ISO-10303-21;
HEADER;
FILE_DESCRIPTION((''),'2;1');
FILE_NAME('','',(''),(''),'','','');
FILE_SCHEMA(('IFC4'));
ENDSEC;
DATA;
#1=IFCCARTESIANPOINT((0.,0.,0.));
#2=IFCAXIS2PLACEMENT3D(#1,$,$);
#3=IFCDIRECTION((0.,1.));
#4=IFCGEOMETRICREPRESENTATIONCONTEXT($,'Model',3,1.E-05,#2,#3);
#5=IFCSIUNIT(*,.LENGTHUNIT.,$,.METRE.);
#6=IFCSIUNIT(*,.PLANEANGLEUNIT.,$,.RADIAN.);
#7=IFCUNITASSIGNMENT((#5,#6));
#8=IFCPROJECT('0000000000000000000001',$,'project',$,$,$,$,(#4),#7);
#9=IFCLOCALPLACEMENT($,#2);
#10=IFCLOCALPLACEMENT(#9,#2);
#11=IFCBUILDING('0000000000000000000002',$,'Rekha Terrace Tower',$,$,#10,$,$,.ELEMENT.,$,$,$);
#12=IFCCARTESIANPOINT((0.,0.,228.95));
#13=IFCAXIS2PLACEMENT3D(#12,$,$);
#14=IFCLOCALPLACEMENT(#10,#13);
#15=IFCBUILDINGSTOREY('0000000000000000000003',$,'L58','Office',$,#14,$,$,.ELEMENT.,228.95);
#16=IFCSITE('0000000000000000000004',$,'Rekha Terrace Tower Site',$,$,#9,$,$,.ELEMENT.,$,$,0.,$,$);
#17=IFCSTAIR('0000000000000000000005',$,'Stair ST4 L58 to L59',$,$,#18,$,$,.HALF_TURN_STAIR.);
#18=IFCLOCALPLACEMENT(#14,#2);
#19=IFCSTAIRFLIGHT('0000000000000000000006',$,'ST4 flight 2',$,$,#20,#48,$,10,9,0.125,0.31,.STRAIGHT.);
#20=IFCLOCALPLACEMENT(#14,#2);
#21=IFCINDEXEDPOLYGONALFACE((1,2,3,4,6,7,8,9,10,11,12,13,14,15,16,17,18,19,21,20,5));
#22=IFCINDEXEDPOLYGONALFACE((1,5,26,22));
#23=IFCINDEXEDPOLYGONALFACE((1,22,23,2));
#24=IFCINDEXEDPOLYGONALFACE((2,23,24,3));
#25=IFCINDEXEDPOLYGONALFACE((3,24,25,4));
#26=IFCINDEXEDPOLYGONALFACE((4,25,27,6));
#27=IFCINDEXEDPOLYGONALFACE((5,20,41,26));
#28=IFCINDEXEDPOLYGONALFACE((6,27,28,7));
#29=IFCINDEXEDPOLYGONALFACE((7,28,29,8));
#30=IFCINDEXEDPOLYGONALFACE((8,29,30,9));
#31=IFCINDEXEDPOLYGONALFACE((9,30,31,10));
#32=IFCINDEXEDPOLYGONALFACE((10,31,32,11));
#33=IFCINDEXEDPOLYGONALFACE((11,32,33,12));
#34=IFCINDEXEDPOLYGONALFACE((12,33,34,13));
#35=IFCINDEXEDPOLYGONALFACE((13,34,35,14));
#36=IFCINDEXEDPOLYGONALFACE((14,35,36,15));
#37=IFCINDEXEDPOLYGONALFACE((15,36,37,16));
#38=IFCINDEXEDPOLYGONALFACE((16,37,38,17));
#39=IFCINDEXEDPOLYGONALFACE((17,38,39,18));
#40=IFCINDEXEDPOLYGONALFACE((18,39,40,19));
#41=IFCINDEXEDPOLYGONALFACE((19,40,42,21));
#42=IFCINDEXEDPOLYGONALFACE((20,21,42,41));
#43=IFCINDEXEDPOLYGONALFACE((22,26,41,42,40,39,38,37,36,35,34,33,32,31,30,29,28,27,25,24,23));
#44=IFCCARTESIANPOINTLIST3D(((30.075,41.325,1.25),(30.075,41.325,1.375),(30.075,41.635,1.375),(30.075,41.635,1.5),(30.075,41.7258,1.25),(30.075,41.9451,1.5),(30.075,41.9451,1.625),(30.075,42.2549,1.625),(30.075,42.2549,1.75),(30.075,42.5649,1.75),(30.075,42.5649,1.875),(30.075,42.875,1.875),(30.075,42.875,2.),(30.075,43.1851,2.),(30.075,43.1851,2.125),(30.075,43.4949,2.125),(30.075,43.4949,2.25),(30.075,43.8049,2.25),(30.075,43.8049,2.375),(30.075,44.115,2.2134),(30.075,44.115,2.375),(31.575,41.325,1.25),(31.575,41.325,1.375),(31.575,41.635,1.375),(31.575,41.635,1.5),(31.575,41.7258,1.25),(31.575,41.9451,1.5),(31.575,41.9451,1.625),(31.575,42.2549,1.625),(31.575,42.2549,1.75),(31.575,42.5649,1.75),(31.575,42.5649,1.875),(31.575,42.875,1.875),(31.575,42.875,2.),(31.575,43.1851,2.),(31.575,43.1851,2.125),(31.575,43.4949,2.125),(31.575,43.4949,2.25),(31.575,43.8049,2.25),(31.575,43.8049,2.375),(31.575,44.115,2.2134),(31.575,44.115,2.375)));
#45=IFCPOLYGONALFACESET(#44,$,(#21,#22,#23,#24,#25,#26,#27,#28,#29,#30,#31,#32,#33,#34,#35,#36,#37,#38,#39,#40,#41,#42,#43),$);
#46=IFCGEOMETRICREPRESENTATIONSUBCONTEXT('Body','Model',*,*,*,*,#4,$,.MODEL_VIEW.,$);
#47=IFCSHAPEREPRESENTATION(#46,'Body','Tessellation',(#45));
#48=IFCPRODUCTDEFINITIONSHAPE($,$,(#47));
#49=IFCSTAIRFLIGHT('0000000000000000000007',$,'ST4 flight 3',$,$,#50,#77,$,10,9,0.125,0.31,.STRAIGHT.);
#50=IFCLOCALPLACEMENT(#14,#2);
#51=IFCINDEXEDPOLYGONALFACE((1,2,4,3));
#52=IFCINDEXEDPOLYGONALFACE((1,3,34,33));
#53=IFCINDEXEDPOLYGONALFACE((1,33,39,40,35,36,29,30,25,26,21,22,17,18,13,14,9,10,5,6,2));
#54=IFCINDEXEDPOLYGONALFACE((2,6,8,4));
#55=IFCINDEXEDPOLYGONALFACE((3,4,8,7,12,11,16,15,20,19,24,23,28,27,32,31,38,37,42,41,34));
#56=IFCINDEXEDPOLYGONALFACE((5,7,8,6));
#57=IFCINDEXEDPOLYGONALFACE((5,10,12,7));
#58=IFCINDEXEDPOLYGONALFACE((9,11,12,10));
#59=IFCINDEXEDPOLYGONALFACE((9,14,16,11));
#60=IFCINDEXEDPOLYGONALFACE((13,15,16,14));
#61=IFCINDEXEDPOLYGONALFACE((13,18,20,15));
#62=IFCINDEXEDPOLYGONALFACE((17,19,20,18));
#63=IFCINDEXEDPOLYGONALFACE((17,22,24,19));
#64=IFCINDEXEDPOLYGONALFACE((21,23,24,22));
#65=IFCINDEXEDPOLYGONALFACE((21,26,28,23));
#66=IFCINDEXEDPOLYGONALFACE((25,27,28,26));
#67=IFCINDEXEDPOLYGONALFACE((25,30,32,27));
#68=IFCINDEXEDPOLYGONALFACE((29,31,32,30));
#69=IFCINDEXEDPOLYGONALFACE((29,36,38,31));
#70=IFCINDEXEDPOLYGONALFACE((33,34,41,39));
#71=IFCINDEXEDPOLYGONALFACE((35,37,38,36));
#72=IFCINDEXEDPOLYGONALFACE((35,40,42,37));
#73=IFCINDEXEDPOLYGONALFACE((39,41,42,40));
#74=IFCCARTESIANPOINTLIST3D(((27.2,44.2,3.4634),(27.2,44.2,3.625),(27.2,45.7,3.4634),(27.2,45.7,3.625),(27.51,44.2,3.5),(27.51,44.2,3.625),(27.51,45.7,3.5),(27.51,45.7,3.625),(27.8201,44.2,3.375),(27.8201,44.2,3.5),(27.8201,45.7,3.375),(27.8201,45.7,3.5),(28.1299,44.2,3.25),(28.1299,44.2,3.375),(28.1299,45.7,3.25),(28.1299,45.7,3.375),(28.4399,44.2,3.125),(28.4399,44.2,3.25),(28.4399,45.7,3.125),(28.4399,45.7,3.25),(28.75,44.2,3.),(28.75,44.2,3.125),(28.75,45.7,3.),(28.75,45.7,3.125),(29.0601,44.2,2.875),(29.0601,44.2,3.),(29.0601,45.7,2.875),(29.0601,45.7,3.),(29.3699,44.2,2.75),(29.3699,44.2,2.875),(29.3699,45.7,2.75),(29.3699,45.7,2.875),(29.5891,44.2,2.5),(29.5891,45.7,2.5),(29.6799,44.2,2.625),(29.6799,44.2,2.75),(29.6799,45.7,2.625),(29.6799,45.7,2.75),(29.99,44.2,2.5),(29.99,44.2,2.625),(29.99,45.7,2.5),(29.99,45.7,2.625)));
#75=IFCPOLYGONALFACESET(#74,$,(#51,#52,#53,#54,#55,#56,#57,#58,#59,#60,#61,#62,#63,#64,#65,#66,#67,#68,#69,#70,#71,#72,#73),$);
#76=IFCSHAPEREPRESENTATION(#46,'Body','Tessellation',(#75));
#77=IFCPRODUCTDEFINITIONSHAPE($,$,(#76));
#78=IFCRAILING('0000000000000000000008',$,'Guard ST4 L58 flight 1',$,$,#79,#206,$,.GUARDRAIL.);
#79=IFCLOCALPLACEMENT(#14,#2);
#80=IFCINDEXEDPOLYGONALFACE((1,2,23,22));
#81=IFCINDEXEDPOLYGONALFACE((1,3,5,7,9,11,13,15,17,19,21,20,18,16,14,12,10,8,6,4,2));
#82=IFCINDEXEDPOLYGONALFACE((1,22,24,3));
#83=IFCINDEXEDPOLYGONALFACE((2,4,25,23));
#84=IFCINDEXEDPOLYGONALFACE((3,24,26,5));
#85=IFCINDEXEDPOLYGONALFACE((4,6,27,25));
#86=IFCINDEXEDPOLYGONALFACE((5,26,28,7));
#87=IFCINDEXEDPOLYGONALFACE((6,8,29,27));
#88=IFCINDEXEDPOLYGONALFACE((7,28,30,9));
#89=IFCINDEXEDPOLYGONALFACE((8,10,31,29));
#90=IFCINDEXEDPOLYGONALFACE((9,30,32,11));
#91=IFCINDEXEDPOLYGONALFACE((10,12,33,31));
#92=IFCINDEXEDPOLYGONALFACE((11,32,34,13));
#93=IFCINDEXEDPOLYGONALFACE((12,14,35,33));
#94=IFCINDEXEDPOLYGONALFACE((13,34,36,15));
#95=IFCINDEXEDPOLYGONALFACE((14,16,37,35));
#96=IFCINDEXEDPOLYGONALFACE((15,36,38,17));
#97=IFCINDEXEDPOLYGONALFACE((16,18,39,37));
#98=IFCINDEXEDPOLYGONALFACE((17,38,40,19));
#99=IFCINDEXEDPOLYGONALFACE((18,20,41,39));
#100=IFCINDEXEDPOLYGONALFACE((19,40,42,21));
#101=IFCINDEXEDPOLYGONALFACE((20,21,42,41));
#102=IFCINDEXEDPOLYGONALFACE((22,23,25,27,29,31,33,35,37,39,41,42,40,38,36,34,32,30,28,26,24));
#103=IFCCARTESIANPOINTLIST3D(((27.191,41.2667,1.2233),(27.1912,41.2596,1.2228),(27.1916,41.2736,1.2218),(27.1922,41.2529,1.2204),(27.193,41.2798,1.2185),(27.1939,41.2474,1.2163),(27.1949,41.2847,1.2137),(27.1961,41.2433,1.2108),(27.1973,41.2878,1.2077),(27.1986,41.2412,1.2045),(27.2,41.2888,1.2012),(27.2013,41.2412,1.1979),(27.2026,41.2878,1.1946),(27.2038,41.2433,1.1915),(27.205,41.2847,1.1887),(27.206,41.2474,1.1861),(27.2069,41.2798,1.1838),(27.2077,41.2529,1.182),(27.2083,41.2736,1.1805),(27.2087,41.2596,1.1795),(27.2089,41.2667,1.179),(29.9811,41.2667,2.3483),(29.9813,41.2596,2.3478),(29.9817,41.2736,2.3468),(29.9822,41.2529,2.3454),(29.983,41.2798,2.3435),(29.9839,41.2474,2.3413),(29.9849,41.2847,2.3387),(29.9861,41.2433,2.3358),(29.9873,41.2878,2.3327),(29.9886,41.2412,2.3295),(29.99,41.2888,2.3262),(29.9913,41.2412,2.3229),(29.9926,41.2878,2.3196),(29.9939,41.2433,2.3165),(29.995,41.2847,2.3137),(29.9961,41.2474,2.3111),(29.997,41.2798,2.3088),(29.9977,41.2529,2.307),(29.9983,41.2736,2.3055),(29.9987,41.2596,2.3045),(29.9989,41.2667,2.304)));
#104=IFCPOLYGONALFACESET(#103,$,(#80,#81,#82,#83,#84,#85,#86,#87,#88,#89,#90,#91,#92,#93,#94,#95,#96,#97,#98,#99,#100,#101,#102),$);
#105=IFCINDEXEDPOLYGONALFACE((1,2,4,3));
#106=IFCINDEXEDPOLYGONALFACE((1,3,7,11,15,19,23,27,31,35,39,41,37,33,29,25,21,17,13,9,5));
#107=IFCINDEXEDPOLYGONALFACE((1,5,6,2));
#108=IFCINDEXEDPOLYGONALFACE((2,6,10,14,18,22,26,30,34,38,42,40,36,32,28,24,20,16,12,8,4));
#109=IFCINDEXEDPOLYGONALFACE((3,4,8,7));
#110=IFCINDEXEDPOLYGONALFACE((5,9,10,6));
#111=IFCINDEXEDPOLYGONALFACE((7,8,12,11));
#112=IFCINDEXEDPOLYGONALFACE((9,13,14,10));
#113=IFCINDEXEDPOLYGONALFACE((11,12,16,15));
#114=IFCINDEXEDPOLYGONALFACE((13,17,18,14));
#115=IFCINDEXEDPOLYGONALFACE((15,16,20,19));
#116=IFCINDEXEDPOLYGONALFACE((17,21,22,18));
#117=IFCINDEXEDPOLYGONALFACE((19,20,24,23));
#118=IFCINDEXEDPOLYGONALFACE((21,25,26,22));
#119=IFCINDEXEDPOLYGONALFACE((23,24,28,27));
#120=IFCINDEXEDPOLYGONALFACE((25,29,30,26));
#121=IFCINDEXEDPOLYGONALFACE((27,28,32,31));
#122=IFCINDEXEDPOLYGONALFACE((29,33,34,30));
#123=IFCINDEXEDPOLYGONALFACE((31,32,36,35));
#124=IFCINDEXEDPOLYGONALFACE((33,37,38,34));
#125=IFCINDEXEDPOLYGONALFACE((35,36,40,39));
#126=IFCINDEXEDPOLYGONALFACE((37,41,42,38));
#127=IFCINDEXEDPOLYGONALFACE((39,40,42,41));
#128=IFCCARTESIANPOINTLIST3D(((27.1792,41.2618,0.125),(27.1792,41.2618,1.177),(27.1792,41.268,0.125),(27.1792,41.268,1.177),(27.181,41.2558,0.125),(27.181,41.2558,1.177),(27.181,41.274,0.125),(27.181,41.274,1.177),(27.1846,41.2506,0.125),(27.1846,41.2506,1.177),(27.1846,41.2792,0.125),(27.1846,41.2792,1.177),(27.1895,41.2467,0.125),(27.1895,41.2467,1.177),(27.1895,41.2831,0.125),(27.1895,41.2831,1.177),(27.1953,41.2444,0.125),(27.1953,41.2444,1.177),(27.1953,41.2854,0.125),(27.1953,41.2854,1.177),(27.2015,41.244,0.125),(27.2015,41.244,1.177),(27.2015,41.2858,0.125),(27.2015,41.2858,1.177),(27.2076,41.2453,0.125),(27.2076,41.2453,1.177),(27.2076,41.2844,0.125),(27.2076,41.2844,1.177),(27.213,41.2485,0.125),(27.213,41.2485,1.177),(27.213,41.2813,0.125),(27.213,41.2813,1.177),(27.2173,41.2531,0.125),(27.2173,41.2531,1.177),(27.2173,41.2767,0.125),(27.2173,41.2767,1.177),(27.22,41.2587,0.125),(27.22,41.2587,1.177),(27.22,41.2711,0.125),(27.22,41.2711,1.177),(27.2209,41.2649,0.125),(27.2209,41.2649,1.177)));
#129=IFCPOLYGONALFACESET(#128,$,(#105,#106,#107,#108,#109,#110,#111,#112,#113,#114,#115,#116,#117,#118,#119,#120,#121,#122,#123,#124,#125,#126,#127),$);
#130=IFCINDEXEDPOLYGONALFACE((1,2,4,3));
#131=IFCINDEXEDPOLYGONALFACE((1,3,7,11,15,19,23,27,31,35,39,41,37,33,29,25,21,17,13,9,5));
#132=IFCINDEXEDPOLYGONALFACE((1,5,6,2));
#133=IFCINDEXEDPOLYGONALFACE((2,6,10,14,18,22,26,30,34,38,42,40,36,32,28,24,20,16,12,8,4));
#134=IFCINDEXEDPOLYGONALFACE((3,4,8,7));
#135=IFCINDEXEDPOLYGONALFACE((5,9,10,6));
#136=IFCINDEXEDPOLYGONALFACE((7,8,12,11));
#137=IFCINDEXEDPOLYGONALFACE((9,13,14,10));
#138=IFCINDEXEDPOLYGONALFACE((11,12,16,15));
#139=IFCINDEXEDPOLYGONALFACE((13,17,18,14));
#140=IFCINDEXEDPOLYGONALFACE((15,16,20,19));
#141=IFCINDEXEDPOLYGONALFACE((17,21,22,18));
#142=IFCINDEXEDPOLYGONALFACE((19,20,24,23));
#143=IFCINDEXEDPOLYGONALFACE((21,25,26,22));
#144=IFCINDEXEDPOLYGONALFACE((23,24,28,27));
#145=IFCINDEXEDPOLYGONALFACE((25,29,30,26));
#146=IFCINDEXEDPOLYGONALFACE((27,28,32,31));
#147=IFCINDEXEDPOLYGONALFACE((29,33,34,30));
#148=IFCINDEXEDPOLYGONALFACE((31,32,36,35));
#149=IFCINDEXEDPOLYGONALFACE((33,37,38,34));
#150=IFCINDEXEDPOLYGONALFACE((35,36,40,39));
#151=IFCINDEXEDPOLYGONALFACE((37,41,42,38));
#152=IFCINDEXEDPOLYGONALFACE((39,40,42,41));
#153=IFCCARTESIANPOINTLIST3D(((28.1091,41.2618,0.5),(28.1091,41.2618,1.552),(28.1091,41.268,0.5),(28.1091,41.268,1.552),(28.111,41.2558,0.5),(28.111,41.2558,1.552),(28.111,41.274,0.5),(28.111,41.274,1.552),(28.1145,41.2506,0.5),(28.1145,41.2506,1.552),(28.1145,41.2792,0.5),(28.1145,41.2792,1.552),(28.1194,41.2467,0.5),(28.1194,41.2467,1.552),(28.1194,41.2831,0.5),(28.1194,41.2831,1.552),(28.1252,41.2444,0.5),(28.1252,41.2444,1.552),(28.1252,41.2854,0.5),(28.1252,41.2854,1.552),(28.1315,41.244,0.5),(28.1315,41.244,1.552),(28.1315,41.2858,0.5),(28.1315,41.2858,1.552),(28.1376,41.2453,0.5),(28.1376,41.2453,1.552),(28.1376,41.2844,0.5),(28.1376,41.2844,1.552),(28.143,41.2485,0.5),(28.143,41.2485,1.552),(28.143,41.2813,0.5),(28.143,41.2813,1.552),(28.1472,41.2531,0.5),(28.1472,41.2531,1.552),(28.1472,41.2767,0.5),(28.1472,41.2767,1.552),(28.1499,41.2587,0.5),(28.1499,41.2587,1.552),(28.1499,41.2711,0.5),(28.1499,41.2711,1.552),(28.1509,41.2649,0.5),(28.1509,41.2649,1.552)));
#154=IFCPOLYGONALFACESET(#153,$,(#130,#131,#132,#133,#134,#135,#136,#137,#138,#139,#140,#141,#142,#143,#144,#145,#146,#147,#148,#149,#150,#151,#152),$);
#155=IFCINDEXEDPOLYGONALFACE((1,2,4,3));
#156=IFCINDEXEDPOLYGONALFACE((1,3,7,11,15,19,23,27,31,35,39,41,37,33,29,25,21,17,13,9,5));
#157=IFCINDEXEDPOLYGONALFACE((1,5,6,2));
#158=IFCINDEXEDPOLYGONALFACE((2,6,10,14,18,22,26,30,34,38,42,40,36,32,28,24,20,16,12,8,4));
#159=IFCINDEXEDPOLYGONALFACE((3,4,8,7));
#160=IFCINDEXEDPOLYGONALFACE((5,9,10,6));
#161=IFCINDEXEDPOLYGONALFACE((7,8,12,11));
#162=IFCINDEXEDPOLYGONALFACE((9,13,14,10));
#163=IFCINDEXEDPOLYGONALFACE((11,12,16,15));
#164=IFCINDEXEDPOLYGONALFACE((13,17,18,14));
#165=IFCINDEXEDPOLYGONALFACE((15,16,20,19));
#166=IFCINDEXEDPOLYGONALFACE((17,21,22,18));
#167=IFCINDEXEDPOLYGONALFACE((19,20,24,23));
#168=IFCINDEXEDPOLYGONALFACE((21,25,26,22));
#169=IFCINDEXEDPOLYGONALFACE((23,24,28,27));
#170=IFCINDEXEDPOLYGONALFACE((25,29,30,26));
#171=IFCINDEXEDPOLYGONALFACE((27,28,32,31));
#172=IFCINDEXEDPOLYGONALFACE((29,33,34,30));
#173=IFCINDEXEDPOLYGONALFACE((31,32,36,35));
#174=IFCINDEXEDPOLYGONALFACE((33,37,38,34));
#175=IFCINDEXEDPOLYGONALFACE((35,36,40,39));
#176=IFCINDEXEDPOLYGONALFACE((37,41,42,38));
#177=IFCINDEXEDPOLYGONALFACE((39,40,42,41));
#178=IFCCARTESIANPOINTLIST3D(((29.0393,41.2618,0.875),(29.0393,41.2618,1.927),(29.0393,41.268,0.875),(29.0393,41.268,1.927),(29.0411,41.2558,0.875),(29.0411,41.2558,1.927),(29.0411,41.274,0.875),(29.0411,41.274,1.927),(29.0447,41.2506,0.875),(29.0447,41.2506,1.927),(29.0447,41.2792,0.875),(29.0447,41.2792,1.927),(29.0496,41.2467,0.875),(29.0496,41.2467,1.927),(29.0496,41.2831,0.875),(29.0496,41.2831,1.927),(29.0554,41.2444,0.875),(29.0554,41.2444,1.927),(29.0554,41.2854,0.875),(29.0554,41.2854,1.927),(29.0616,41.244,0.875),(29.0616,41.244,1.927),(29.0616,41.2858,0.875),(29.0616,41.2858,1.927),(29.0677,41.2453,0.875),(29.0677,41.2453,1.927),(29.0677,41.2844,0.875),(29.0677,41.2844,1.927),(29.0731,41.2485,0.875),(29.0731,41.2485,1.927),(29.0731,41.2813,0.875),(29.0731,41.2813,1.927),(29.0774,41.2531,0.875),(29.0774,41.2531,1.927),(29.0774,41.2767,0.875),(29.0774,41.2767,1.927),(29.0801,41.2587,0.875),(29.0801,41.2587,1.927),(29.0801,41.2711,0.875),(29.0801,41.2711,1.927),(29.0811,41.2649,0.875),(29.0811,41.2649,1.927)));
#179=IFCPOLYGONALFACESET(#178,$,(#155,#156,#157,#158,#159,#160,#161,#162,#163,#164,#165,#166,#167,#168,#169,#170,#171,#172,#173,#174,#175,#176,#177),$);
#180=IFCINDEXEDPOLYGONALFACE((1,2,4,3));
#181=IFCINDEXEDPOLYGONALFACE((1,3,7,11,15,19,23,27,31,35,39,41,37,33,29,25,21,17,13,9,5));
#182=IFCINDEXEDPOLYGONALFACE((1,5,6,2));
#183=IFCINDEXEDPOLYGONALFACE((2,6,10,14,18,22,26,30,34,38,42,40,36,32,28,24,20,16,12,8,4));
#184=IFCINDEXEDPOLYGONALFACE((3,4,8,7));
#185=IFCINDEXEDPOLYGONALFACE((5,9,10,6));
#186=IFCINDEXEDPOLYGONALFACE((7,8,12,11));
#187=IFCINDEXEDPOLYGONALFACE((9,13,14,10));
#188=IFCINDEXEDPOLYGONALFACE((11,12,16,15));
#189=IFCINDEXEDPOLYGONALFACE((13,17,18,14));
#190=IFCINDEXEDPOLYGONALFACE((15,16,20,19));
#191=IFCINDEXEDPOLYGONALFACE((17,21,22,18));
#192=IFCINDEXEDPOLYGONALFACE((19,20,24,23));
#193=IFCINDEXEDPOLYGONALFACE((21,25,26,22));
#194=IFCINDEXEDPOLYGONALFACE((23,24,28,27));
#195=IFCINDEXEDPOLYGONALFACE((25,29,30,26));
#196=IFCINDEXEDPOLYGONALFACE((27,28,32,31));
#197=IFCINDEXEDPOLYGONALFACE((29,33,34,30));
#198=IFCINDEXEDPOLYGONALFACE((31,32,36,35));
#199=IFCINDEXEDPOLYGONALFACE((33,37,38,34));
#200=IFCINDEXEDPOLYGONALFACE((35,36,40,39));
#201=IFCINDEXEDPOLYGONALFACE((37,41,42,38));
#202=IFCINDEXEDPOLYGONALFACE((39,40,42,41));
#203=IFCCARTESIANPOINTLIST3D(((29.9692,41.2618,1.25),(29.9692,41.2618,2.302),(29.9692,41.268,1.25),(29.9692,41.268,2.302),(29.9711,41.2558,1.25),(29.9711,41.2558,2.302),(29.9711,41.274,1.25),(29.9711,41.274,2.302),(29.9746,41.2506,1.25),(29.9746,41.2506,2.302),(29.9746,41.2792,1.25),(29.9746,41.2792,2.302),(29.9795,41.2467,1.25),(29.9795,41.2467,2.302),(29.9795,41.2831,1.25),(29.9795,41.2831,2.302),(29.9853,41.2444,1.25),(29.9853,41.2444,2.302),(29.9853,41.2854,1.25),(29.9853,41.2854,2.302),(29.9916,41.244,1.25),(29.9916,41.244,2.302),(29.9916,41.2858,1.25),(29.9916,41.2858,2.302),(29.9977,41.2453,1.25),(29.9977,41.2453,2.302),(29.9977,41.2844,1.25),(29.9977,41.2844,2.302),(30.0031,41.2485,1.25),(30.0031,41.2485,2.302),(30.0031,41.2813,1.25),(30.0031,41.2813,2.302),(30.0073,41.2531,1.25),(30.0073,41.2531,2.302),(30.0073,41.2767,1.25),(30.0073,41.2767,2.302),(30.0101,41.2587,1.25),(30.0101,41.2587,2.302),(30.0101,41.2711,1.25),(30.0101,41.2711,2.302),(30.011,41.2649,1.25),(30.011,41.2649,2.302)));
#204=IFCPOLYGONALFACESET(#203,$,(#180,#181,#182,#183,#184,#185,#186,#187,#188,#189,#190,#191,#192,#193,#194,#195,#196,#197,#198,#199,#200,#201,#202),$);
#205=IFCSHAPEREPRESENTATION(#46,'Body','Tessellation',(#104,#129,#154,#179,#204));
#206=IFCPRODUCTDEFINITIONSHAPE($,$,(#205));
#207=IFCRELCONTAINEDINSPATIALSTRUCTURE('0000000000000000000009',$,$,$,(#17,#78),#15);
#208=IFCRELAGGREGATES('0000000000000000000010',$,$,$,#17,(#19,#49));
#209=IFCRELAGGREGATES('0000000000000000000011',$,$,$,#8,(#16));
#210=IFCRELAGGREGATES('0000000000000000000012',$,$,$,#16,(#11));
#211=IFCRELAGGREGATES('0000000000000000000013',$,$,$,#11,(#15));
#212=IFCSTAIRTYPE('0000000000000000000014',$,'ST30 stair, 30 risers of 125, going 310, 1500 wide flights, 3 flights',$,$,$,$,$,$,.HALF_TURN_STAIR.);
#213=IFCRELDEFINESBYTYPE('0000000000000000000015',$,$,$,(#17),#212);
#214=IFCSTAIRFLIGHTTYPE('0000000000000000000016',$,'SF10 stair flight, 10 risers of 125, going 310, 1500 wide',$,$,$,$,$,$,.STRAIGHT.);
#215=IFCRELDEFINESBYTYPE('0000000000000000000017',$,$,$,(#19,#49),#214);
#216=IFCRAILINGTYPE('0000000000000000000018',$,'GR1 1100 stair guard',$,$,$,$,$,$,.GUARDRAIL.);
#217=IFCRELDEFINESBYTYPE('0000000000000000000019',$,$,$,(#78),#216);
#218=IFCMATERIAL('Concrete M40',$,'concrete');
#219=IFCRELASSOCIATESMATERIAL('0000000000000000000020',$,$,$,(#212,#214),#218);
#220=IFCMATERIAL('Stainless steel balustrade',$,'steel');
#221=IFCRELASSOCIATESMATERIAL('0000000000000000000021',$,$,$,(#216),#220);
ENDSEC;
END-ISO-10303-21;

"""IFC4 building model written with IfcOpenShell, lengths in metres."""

from ifc_helpers import new_model, si_unit, direction, frame, origin, origin_2d, place, context, subcontext, project, spatial, polyline, circle, outline, extrude, material, type_object, element, aggregate, save


model = new_model("IFC4")

# Units and contexts
model_context = context("Model", 3, precision=1e-05, world=origin(), true_north=direction((0.0, 1.0)))
body_context = subcontext(model_context, "Body", "Model", "MODEL_VIEW")
ifc_project = project(units=[si_unit("LENGTHUNIT", "METRE"), si_unit("PLANEANGLEUNIT", "RADIAN")], contexts=[model_context])

# Site, building, storey
site_placement = place(None, origin())
site = spatial("IfcSite", under=ifc_project, at=site_placement, Name="Rekha Terrace Tower Site", CompositionType="ELEMENT", RefElevation=0.0)
building_placement = place(site_placement, origin())
building = spatial("IfcBuilding", under=site, at=building_placement, Name="Rekha Terrace Tower", CompositionType="ELEMENT")
storey_placement = place(building_placement, frame((0.0, 0.0, 228.95)))
storey = spatial("IfcBuildingStorey", under=building, at=storey_placement, Name="L58", Description="Office", CompositionType="ELEMENT", Elevation=228.95)

# Stair, stair flights
ifc_material_1 = material(Name="Concrete M40", Category="concrete")
stair_type = type_object("IfcStairType", Name="ST30 stair, 30 risers of 125, going 310, 1500 wide flights, 3 flights", PredefinedType="HALF_TURN_STAIR", material=ifc_material_1)
stair_placement = place(storey_placement, origin())
stair = element("IfcStair", 1, at=stair_placement, inside=storey, type_object=stair_type, Name="Stair ST4 L58 to L59", PredefinedType="HALF_TURN_STAIR")
stair_flight_type = type_object("IfcStairFlightType", Name="SF10 stair flight, 10 risers of 125, going 310, 1500 wide", PredefinedType="STRAIGHT", material=ifc_material_1)
stair_flight_1_placement = place(storey_placement, frame((30.825, 41.325, 1.25), z_axis=(0.0, 0.0, 1.0), x_axis=(0.0, 1.0, 0.0)))
stair_flight_1 = element("IfcStairFlight", 2, at=stair_flight_1_placement, type_object=stair_flight_type, Name="ST4 flight 2", NumberOfRisers=10, NumberOfTreads=9, PredefinedType="STRAIGHT", RiserHeight=0.125, TreadLength=0.31, context=body_context, shape_type="SweptSolid", body=[
    extrude(outline(polyline([(0.0, 0.0), (0.0, 0.125), (0.3101, 0.125), (0.3101, 0.25), (0.6201, 0.25), (0.6201, 0.375), (0.9299, 0.375), (0.9299, 0.5), (1.24, 0.5), (1.24, 0.625), (1.55, 0.625), (1.55, 0.75), (1.8601, 0.75), (1.8601, 0.875), (2.1699, 0.875), (2.1699, 1.0), (2.48, 1.0), (2.48, 1.125), (2.79, 1.125), (2.79, 1.25), (2.79, 0.9634), (0.4009, 0.0), (0.0, 0.0)])), frame((0.0, 0.75, 0.0), z_axis=(0.0, -1.0, 0.0), x_axis=(1.0, 0.0, 0.0)), (0.0, 0.0, 1.0), 1.5),
])
stair_flight_2_placement = place(storey_placement, frame((29.99, 44.95, 2.5), z_axis=(0.0, 0.0, 1.0), x_axis=(-1.0, 0.0, 0.0)))
stair_flight_2 = element("IfcStairFlight", 3, at=stair_flight_2_placement, type_object=stair_flight_type, Name="ST4 flight 3", NumberOfRisers=10, NumberOfTreads=9, PredefinedType="STRAIGHT", RiserHeight=0.125, TreadLength=0.31, context=body_context, shape_type="SweptSolid", body=[
    extrude(outline(polyline([(0.0, 0.0), (0.0, 0.125), (0.3101, 0.125), (0.3101, 0.25), (0.6201, 0.25), (0.6201, 0.375), (0.9299, 0.375), (0.9299, 0.5), (1.24, 0.5), (1.24, 0.625), (1.55, 0.625), (1.55, 0.75), (1.8601, 0.75), (1.8601, 0.875), (2.1699, 0.875), (2.1699, 1.0), (2.48, 1.0), (2.48, 1.125), (2.79, 1.125), (2.79, 1.25), (2.79, 0.9634), (0.4009, 0.0), (0.0, 0.0)])), frame((0.0, 0.75, 0.0), z_axis=(0.0, -1.0, 0.0), x_axis=(1.0, 0.0, 0.0)), (0.0, 0.0, 1.0), 1.5),
])
aggregate(stair, [stair_flight_1, stair_flight_2])

# Railing
ifc_material_2 = material(Name="Stainless steel balustrade", Category="steel")
railing_type_1 = type_object("IfcRailingType", Name="GR1 1100 stair guard", PredefinedType="GUARDRAIL", material=ifc_material_2)
railing_1_placement = place(storey_placement, frame((27.2, 41.2649, 0.125)))
element("IfcRailing", 4, at=railing_1_placement, inside=storey, type_object=railing_type_1, Name="Guard ST4 L58 flight 1", PredefinedType="GUARDRAIL", context=body_context, shape_type="SweptSolid", body=[
    extrude(circle(Radius=0.0239, at=origin_2d()), frame((0.0, 0.0, 1.0762), z_axis=(0.927443, 0.0, 0.373964), x_axis=(0.0, 1.0, 0.0)), (0.0, 0.0, 1.0), 3.0083),
    extrude(circle(Radius=0.021, at=origin_2d()), origin(), (0.0, 0.0, 1.0), 1.052),
    extrude(circle(Radius=0.021, at=origin_2d()), frame((0.9299, 0.0, 0.375)), (0.0, 0.0, 1.0), 1.052),
    extrude(circle(Radius=0.021, at=origin_2d()), frame((1.8601, 0.0, 0.75)), (0.0, 0.0, 1.0), 1.052),
    extrude(circle(Radius=0.021, at=origin_2d()), frame((2.79, 0.0, 1.125)), (0.0, 0.0, 1.0), 1.052),
])

save(model, "model.ifc")
